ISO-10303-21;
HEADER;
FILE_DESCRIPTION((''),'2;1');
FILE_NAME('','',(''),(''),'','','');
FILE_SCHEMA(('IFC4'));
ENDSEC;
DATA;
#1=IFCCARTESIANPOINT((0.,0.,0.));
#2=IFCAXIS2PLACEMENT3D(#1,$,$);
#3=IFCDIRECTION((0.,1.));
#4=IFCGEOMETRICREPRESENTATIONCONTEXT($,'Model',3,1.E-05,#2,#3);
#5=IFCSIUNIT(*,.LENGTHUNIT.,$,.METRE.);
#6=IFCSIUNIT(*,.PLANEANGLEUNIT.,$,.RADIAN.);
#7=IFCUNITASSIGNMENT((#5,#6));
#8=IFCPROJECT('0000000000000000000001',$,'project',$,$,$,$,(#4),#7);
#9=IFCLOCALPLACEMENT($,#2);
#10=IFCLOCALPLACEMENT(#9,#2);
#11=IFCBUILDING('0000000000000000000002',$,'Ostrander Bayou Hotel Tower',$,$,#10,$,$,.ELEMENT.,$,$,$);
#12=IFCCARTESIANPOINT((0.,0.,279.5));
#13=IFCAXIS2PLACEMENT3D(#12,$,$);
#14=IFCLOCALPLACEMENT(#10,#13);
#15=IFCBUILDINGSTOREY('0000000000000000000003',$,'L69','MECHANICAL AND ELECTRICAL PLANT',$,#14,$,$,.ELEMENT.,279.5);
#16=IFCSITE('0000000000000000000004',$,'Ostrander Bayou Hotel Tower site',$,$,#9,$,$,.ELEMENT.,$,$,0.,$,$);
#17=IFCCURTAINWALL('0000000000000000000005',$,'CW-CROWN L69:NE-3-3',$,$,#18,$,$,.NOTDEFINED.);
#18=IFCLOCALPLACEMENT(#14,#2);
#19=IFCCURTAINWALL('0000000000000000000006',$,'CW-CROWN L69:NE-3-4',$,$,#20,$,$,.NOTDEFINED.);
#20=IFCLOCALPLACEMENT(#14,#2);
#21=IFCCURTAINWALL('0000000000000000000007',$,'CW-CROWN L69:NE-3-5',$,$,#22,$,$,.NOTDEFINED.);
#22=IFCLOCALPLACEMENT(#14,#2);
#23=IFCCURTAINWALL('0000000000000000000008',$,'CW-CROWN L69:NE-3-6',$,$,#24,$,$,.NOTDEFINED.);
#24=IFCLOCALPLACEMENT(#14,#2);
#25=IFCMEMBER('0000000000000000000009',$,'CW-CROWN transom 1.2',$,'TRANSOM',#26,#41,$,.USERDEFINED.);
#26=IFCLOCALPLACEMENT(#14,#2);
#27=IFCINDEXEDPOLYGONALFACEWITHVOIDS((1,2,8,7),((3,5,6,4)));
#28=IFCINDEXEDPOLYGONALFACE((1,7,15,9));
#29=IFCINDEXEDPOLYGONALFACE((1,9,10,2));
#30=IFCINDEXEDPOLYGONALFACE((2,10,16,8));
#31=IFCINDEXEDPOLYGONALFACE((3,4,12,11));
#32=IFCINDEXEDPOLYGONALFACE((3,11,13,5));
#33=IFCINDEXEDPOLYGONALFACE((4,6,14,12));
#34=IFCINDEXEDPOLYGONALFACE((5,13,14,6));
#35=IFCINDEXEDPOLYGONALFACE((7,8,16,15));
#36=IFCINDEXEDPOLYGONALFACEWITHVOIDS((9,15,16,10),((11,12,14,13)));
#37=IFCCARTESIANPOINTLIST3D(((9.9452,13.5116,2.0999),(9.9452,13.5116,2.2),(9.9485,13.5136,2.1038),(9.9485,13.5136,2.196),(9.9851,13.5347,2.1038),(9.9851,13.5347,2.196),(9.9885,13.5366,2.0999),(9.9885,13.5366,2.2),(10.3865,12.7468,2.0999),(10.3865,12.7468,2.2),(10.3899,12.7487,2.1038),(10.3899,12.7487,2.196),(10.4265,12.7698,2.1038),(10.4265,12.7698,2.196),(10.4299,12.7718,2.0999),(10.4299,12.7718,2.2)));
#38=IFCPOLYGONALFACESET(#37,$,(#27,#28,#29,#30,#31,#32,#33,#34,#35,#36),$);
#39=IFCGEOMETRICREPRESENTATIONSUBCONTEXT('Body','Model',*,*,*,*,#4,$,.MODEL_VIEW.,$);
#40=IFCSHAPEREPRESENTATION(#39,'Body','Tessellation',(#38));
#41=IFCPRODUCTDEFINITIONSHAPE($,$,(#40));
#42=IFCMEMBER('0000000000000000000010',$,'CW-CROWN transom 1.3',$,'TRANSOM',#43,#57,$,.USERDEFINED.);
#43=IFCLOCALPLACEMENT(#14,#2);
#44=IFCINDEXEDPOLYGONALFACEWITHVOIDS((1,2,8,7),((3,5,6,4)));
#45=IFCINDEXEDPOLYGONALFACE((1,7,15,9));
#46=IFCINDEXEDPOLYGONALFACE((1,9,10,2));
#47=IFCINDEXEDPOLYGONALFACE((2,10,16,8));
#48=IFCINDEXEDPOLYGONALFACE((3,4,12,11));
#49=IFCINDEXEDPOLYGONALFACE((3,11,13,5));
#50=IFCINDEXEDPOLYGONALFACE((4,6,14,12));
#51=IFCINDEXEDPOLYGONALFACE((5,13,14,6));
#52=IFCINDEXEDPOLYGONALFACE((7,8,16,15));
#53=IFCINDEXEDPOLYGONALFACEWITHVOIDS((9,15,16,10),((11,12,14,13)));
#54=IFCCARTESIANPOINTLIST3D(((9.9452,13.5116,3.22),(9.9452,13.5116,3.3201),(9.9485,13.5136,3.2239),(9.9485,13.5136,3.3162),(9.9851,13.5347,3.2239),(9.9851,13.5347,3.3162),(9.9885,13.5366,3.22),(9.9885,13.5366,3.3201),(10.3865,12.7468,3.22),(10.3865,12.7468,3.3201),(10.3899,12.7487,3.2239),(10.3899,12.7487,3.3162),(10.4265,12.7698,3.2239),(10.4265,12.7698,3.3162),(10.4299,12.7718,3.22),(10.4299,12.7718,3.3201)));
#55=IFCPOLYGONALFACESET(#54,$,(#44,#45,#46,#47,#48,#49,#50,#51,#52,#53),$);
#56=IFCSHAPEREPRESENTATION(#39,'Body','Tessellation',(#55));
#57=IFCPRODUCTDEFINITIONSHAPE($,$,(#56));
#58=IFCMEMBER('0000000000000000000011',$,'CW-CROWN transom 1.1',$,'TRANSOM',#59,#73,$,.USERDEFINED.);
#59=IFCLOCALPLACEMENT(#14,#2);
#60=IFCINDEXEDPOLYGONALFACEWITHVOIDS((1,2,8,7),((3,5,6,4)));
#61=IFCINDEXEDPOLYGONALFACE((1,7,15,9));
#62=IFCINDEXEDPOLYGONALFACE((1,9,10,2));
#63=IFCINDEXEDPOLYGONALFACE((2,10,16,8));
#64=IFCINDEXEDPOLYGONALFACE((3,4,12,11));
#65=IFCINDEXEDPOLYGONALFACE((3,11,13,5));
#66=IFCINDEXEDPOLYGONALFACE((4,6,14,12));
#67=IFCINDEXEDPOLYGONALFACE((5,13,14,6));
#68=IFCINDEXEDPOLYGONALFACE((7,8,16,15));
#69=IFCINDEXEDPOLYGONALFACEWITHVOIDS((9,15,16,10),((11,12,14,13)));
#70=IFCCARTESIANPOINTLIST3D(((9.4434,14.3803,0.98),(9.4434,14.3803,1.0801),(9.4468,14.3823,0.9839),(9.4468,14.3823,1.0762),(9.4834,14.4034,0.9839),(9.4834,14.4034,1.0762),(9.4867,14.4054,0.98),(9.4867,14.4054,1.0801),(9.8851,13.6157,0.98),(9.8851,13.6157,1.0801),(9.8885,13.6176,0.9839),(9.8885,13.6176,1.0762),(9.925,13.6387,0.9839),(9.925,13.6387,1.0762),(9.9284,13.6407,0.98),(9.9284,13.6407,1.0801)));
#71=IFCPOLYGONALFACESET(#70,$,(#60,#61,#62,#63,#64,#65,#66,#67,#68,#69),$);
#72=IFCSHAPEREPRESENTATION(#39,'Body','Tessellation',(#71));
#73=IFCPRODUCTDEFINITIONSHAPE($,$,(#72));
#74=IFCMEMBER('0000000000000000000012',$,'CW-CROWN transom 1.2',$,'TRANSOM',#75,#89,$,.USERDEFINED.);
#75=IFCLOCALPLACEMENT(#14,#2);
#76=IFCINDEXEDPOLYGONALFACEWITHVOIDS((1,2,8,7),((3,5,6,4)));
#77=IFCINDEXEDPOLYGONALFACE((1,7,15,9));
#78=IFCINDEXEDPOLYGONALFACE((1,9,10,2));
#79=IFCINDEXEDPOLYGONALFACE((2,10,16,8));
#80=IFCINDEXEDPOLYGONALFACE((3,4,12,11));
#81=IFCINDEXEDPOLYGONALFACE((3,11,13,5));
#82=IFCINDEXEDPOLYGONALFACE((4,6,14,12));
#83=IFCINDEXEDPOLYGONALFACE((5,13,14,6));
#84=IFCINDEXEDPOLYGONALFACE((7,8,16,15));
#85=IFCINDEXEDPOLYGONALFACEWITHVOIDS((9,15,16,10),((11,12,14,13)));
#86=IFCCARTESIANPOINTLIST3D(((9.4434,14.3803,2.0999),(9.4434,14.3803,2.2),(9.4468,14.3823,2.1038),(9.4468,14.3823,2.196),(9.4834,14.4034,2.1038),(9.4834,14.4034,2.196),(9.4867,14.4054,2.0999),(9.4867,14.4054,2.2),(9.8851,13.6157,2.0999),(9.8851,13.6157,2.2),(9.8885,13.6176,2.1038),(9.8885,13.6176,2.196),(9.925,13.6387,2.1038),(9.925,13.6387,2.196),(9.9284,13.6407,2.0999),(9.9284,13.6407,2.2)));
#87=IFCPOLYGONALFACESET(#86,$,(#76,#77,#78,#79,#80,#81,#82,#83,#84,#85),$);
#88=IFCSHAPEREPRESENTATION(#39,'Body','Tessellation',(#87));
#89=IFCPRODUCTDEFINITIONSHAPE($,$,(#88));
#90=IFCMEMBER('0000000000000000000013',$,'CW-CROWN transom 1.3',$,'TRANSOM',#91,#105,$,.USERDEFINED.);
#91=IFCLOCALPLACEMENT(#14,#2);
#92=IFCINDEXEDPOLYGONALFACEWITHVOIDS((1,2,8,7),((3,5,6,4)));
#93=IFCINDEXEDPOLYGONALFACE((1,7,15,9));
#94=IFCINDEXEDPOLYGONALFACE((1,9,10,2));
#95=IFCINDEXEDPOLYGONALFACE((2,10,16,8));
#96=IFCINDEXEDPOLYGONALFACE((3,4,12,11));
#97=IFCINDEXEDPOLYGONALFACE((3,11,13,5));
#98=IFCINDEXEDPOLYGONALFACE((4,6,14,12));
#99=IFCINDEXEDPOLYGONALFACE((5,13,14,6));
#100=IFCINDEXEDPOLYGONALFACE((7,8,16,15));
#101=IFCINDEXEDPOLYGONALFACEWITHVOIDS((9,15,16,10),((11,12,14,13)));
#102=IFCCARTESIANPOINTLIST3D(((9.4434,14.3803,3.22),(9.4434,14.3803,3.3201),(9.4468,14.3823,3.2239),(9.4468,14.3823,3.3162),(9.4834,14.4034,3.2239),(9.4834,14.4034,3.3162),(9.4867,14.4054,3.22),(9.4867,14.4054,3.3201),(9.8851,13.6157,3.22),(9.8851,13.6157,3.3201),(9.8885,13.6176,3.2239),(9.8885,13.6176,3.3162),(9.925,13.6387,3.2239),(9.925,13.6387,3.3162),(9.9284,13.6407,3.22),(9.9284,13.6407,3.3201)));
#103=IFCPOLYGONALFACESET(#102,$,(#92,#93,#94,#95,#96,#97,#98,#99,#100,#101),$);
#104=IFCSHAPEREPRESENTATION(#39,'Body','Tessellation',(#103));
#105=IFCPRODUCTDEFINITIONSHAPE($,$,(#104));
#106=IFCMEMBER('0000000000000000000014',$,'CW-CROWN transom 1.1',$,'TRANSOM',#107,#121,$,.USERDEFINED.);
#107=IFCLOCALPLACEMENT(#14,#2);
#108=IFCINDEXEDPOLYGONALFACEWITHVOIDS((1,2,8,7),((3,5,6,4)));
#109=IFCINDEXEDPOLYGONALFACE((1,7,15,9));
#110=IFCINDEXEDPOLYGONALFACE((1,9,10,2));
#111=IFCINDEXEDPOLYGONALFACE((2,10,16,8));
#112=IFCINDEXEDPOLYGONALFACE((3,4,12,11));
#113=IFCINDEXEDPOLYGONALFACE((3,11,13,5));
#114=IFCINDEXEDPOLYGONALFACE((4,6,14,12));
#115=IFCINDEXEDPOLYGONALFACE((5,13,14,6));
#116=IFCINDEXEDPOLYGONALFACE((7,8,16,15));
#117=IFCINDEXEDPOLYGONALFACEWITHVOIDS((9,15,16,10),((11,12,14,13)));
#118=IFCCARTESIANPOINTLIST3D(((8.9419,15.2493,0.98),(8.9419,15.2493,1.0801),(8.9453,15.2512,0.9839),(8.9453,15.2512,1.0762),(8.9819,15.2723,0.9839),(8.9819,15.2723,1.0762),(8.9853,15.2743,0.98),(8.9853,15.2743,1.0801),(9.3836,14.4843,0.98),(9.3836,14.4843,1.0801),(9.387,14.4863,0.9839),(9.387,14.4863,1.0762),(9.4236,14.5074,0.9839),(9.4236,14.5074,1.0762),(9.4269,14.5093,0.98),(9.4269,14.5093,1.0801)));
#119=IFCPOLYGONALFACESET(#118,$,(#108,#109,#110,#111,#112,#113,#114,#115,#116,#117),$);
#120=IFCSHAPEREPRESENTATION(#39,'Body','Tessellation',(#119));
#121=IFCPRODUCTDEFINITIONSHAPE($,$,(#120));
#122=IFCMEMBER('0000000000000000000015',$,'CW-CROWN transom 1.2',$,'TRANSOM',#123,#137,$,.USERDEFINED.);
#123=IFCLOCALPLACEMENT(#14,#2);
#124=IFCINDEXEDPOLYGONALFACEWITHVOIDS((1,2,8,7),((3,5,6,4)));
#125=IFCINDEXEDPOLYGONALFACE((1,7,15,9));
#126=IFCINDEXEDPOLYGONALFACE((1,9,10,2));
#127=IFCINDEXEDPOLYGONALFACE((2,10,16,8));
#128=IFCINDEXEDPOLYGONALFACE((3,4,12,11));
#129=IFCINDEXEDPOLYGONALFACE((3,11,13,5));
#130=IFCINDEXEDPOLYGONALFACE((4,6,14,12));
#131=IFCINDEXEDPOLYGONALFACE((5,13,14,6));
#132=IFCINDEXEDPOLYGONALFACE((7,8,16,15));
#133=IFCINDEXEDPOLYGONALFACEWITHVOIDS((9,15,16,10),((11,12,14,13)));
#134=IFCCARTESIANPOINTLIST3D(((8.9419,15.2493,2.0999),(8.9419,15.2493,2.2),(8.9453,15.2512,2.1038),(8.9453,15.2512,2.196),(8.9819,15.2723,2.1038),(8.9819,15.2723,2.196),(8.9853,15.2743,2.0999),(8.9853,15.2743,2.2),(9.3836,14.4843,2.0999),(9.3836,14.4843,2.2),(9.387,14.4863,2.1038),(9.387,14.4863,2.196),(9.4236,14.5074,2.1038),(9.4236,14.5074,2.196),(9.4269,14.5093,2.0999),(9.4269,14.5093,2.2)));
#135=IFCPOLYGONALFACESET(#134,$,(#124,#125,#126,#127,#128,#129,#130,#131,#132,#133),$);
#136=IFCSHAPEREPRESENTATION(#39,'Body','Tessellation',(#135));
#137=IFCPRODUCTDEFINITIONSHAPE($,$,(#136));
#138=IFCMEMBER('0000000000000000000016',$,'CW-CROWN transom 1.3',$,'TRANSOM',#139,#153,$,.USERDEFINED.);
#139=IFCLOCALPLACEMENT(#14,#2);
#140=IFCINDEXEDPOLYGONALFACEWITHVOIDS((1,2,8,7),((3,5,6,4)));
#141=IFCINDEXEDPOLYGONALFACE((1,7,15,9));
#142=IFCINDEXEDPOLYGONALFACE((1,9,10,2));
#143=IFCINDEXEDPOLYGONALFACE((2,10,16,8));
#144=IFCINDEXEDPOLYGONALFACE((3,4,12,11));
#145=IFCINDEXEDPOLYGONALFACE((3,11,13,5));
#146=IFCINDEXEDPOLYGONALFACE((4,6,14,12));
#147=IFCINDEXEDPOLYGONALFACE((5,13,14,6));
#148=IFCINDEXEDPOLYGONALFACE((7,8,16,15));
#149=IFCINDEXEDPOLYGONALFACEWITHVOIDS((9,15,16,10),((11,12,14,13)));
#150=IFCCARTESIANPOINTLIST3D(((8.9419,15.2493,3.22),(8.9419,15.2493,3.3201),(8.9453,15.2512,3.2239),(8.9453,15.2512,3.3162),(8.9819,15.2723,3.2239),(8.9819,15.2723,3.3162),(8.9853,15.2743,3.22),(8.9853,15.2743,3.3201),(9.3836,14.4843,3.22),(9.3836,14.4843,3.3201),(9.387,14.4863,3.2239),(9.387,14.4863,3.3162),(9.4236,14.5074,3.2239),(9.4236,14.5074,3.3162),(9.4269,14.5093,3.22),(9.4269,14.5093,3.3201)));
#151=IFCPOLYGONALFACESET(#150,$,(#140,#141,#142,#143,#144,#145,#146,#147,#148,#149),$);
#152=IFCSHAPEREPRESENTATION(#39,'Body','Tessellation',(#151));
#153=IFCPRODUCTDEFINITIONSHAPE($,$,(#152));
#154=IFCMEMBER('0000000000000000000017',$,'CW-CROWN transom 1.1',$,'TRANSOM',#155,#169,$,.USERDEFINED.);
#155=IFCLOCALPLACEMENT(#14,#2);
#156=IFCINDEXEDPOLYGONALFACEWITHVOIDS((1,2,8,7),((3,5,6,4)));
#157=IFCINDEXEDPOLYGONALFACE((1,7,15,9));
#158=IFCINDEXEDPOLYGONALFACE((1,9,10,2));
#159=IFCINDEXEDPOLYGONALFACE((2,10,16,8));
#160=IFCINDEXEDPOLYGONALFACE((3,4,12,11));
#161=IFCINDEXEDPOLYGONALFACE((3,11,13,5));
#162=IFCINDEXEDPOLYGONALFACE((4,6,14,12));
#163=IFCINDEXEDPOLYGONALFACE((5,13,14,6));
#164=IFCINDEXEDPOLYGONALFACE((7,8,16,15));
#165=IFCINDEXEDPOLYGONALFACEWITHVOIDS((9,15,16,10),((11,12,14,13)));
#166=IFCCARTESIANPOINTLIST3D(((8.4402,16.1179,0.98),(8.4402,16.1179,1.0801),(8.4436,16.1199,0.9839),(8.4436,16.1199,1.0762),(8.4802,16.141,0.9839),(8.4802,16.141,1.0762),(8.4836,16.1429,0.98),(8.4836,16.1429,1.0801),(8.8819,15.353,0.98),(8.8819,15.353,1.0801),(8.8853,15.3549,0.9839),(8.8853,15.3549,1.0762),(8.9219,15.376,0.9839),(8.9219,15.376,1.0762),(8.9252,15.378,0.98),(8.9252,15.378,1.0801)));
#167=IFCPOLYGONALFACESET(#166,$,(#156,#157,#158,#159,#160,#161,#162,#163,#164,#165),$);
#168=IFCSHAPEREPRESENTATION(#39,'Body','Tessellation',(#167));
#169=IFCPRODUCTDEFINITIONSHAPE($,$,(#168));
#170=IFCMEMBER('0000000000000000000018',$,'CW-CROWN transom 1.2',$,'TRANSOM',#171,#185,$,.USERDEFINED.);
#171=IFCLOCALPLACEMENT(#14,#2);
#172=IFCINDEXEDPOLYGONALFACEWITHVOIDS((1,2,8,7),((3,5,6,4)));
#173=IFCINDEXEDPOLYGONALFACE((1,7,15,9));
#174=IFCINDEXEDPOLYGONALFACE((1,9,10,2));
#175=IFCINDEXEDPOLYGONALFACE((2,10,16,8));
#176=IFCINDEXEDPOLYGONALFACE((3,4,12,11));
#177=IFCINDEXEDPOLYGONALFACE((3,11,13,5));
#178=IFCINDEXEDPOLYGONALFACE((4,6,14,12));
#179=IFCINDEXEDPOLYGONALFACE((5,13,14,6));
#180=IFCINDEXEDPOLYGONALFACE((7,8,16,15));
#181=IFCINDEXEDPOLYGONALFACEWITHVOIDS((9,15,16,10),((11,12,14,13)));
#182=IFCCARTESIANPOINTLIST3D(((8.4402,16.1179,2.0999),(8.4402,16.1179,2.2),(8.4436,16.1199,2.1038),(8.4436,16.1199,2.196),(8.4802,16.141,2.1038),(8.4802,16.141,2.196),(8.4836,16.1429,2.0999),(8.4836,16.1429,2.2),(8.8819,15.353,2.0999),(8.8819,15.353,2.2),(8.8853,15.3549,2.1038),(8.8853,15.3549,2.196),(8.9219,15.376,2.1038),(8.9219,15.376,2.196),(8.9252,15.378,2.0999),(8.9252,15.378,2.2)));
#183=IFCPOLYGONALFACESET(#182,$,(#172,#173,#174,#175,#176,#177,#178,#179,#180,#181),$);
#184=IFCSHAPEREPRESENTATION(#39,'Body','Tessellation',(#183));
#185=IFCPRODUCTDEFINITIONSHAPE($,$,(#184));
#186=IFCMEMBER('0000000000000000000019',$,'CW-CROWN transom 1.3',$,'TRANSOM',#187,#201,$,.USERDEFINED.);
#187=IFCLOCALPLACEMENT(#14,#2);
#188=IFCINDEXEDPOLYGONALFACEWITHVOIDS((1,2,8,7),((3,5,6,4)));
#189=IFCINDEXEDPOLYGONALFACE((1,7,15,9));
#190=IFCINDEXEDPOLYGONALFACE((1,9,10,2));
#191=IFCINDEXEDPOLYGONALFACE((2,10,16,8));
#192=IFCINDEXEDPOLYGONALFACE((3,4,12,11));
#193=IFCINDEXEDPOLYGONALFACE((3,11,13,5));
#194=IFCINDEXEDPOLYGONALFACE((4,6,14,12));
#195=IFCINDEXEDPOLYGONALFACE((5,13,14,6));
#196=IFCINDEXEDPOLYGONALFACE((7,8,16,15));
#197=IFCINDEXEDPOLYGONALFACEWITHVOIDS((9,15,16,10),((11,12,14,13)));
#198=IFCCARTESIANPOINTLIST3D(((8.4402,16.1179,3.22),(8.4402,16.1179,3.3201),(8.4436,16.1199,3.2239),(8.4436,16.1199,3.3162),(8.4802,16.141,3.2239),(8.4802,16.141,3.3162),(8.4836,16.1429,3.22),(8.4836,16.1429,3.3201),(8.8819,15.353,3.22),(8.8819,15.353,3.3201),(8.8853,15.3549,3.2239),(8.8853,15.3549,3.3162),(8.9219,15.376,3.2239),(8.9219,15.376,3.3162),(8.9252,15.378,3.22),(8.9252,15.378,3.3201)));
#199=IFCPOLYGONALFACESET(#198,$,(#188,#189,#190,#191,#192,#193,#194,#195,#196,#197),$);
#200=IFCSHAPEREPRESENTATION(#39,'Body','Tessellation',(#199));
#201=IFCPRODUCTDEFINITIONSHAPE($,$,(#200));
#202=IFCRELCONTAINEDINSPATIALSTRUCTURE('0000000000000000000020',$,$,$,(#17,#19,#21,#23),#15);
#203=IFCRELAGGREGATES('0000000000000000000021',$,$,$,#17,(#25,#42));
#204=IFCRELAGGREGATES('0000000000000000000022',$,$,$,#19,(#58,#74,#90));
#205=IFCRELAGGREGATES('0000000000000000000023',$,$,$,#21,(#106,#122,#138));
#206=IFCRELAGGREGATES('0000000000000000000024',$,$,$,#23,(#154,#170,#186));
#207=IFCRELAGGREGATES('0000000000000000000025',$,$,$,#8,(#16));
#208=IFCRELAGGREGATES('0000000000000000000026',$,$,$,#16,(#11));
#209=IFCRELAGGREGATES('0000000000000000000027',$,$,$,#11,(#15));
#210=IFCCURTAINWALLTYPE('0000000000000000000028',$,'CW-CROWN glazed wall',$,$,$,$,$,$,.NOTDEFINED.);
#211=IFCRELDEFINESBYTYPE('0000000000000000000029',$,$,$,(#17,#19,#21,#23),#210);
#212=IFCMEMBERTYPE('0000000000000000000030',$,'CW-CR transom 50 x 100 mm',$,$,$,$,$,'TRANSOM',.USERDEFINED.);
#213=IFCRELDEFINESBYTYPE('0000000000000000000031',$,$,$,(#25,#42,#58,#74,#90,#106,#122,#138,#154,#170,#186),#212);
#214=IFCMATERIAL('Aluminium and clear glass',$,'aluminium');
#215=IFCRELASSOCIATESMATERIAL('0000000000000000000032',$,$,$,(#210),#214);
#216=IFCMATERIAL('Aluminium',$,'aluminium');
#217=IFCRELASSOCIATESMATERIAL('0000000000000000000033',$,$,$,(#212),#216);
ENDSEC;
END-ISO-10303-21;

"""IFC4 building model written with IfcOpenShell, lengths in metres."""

from ifc_helpers import new_model, si_unit, direction, frame, origin, origin_2d, place, context, subcontext, project, spatial, hollow_rectangle, extrude, material, material_profile, profile_set, type_object, element, aggregate, save


model = new_model("IFC4")

# Units and contexts
model_context = context("Model", 3, precision=1e-05, world=origin(), true_north=direction((0.0, 1.0)))
body_context = subcontext(model_context, "Body", "Model", "MODEL_VIEW")
ifc_project = project(units=[si_unit("LENGTHUNIT", "METRE"), si_unit("PLANEANGLEUNIT", "RADIAN")], contexts=[model_context])

# Site, building, storey
site_placement = place(None, origin())
site = spatial("IfcSite", under=ifc_project, at=site_placement, Name="Ostrander Bayou Hotel Tower site", CompositionType="ELEMENT", RefElevation=0.0)
building_placement = place(site_placement, origin())
building = spatial("IfcBuilding", under=site, at=building_placement, Name="Ostrander Bayou Hotel Tower", CompositionType="ELEMENT")
storey_placement = place(building_placement, frame((0.0, 0.0, 279.5)))
storey = spatial("IfcBuildingStorey", under=building, at=storey_placement, Name="L69", Description="MECHANICAL AND ELECTRICAL PLANT", CompositionType="ELEMENT", Elevation=279.5)

# Curtain wall
ifc_material_1 = material(Name="Aluminium and clear glass", Category="aluminium")
curtain_wall_type = type_object("IfcCurtainWallType", Name="CW-CROWN glazed wall", PredefinedType="NOTDEFINED", material=ifc_material_1)
curtain_wall_1_placement = place(storey_placement, origin())
curtain_wall_1 = element("IfcCurtainWall", 1, at=curtain_wall_1_placement, inside=storey, type_object=curtain_wall_type, Name="CW-CROWN L69:NE-3-3", PredefinedType="NOTDEFINED")

# Curtain walls
curtain_wall_2_placement = place(storey_placement, origin())
curtain_wall_2 = element("IfcCurtainWall", 2, at=curtain_wall_2_placement, inside=storey, type_object=curtain_wall_type, Name="CW-CROWN L69:NE-3-4", PredefinedType="NOTDEFINED")
curtain_wall_3_placement = place(storey_placement, origin())
curtain_wall_3 = element("IfcCurtainWall", 3, at=curtain_wall_3_placement, inside=storey, type_object=curtain_wall_type, Name="CW-CROWN L69:NE-3-5", PredefinedType="NOTDEFINED")
curtain_wall_4_placement = place(storey_placement, origin())
curtain_wall_4 = element("IfcCurtainWall", 4, at=curtain_wall_4_placement, inside=storey, type_object=curtain_wall_type, Name="CW-CROWN L69:NE-3-6", PredefinedType="NOTDEFINED")

# Members
ifc_material_2 = material(Name="Aluminium", Category="aluminium")
ifc_material_profile_1 = material_profile(ifc_material_2, hollow_rectangle(XDim=0.05, YDim=0.1001, WallThickness=0.0039, at=origin_2d()))
ifc_profile_set_1 = profile_set([ifc_material_profile_1], Name="Aluminium")
member_type_1 = type_object("IfcMemberType", Name="CW-CR transom 50 x 100 mm", ElementType="TRANSOM", PredefinedType="USERDEFINED", material=ifc_profile_set_1)
member_1_placement = place(storey_placement, frame((10.4082, 12.7593, 2.1499), z_axis=(-0.499826, 0.866126, 0.0), x_axis=(-0.866126, -0.499826, 0.0)))
member_1 = element("IfcMember", 5, at=member_1_placement, type_object=member_type_1, Name="CW-CROWN transom 1.2", ObjectType="TRANSOM", PredefinedType="USERDEFINED", context=body_context, shape_type="SweptSolid", body=[
    extrude(hollow_rectangle(XDim=0.05, YDim=0.1001, WallThickness=0.0039, at=origin_2d()), origin(), (0.0, 0.0, 1.0), 0.8831),
])
member_2_placement = place(storey_placement, frame((10.4082, 12.7593, 3.27), z_axis=(-0.499826, 0.866126, 0.0), x_axis=(-0.866126, -0.499826, 0.0)))
member_2 = element("IfcMember", 6, at=member_2_placement, type_object=member_type_1, Name="CW-CROWN transom 1.3", ObjectType="TRANSOM", PredefinedType="USERDEFINED", context=body_context, shape_type="SweptSolid", body=[
    extrude(hollow_rectangle(XDim=0.05, YDim=0.1001, WallThickness=0.0039, at=origin_2d()), origin(), (0.0, 0.0, 1.0), 0.8831),
])
member_3_placement = place(storey_placement, frame((9.9067, 13.6282, 1.03), z_axis=(-0.500153, 0.865937, 0.0), x_axis=(-0.865937, -0.500153, 0.0)))
member_3 = element("IfcMember", 7, at=member_3_placement, type_object=member_type_1, Name="CW-CROWN transom 1.1", ObjectType="TRANSOM", PredefinedType="USERDEFINED", context=body_context, shape_type="SweptSolid", body=[
    extrude(hollow_rectangle(XDim=0.05, YDim=0.1001, WallThickness=0.0039, at=origin_2d()), origin(), (0.0, 0.0, 1.0), 0.8831),
])
member_4_placement = place(storey_placement, frame((9.9067, 13.6282, 2.1499), z_axis=(-0.500153, 0.865937, 0.0), x_axis=(-0.865937, -0.500153, 0.0)))
member_4 = element("IfcMember", 8, at=member_4_placement, type_object=member_type_1, Name="CW-CROWN transom 1.2", ObjectType="TRANSOM", PredefinedType="USERDEFINED", context=body_context, shape_type="SweptSolid", body=[
    extrude(hollow_rectangle(XDim=0.05, YDim=0.1001, WallThickness=0.0039, at=origin_2d()), origin(), (0.0, 0.0, 1.0), 0.8831),
])
member_5_placement = place(storey_placement, frame((9.9067, 13.6282, 3.27), z_axis=(-0.500153, 0.865937, 0.0), x_axis=(-0.865937, -0.500153, 0.0)))
member_5 = element("IfcMember", 9, at=member_5_placement, type_object=member_type_1, Name="CW-CROWN transom 1.3", ObjectType="TRANSOM", PredefinedType="USERDEFINED", context=body_context, shape_type="SweptSolid", body=[
    extrude(hollow_rectangle(XDim=0.05, YDim=0.1001, WallThickness=0.0039, at=origin_2d()), origin(), (0.0, 0.0, 1.0), 0.8831),
])
member_6_placement = place(storey_placement, frame((9.4053, 14.4968, 1.03), z_axis=(-0.500034, 0.866006, 0.0), x_axis=(-0.866006, -0.500034, 0.0)))
member_6 = element("IfcMember", 10, at=member_6_placement, type_object=member_type_1, Name="CW-CROWN transom 1.1", ObjectType="TRANSOM", PredefinedType="USERDEFINED", context=body_context, shape_type="SweptSolid", body=[
    extrude(hollow_rectangle(XDim=0.05, YDim=0.1001, WallThickness=0.0039, at=origin_2d()), origin(), (0.0, 0.0, 1.0), 0.8833),
])
member_7_placement = place(storey_placement, frame((9.4053, 14.4968, 2.1499), z_axis=(-0.500034, 0.866006, 0.0), x_axis=(-0.866006, -0.500034, 0.0)))
member_7 = element("IfcMember", 11, at=member_7_placement, type_object=member_type_1, Name="CW-CROWN transom 1.2", ObjectType="TRANSOM", PredefinedType="USERDEFINED", context=body_context, shape_type="SweptSolid", body=[
    extrude(hollow_rectangle(XDim=0.05, YDim=0.1001, WallThickness=0.0039, at=origin_2d()), origin(), (0.0, 0.0, 1.0), 0.8833),
])
member_8_placement = place(storey_placement, frame((9.4053, 14.4968, 3.27), z_axis=(-0.500034, 0.866006, 0.0), x_axis=(-0.866006, -0.500034, 0.0)))
member_8 = element("IfcMember", 12, at=member_8_placement, type_object=member_type_1, Name="CW-CROWN transom 1.3", ObjectType="TRANSOM", PredefinedType="USERDEFINED", context=body_context, shape_type="SweptSolid", body=[
    extrude(hollow_rectangle(XDim=0.05, YDim=0.1001, WallThickness=0.0039, at=origin_2d()), origin(), (0.0, 0.0, 1.0), 0.8833),
])
member_9_placement = place(storey_placement, frame((8.9036, 15.3655, 1.03), z_axis=(-0.500034, 0.866006, 0.0), x_axis=(-0.866006, -0.500034, 0.0)))
member_9 = element("IfcMember", 13, at=member_9_placement, type_object=member_type_1, Name="CW-CROWN transom 1.1", ObjectType="TRANSOM", PredefinedType="USERDEFINED", context=body_context, shape_type="SweptSolid", body=[
    extrude(hollow_rectangle(XDim=0.05, YDim=0.1001, WallThickness=0.0039, at=origin_2d()), origin(), (0.0, 0.0, 1.0), 0.8833),
])
member_10_placement = place(storey_placement, frame((8.9036, 15.3655, 2.1499), z_axis=(-0.500034, 0.866006, 0.0), x_axis=(-0.866006, -0.500034, 0.0)))
member_10 = element("IfcMember", 14, at=member_10_placement, type_object=member_type_1, Name="CW-CROWN transom 1.2", ObjectType="TRANSOM", PredefinedType="USERDEFINED", context=body_context, shape_type="SweptSolid", body=[
    extrude(hollow_rectangle(XDim=0.05, YDim=0.1001, WallThickness=0.0039, at=origin_2d()), origin(), (0.0, 0.0, 1.0), 0.8833),
])
member_11_placement = place(storey_placement, frame((8.9036, 15.3655, 3.27), z_axis=(-0.500034, 0.866006, 0.0), x_axis=(-0.866006, -0.500034, 0.0)))
member_11 = element("IfcMember", 15, at=member_11_placement, type_object=member_type_1, Name="CW-CROWN transom 1.3", ObjectType="TRANSOM", PredefinedType="USERDEFINED", context=body_context, shape_type="SweptSolid", body=[
    extrude(hollow_rectangle(XDim=0.05, YDim=0.1001, WallThickness=0.0039, at=origin_2d()), origin(), (0.0, 0.0, 1.0), 0.8833),
])

aggregate(curtain_wall_1, [member_1, member_2])
aggregate(curtain_wall_2, [member_3, member_4, member_5])
aggregate(curtain_wall_3, [member_6, member_7, member_8])
aggregate(curtain_wall_4, [member_9, member_10, member_11])

save(model, "model.ifc")
